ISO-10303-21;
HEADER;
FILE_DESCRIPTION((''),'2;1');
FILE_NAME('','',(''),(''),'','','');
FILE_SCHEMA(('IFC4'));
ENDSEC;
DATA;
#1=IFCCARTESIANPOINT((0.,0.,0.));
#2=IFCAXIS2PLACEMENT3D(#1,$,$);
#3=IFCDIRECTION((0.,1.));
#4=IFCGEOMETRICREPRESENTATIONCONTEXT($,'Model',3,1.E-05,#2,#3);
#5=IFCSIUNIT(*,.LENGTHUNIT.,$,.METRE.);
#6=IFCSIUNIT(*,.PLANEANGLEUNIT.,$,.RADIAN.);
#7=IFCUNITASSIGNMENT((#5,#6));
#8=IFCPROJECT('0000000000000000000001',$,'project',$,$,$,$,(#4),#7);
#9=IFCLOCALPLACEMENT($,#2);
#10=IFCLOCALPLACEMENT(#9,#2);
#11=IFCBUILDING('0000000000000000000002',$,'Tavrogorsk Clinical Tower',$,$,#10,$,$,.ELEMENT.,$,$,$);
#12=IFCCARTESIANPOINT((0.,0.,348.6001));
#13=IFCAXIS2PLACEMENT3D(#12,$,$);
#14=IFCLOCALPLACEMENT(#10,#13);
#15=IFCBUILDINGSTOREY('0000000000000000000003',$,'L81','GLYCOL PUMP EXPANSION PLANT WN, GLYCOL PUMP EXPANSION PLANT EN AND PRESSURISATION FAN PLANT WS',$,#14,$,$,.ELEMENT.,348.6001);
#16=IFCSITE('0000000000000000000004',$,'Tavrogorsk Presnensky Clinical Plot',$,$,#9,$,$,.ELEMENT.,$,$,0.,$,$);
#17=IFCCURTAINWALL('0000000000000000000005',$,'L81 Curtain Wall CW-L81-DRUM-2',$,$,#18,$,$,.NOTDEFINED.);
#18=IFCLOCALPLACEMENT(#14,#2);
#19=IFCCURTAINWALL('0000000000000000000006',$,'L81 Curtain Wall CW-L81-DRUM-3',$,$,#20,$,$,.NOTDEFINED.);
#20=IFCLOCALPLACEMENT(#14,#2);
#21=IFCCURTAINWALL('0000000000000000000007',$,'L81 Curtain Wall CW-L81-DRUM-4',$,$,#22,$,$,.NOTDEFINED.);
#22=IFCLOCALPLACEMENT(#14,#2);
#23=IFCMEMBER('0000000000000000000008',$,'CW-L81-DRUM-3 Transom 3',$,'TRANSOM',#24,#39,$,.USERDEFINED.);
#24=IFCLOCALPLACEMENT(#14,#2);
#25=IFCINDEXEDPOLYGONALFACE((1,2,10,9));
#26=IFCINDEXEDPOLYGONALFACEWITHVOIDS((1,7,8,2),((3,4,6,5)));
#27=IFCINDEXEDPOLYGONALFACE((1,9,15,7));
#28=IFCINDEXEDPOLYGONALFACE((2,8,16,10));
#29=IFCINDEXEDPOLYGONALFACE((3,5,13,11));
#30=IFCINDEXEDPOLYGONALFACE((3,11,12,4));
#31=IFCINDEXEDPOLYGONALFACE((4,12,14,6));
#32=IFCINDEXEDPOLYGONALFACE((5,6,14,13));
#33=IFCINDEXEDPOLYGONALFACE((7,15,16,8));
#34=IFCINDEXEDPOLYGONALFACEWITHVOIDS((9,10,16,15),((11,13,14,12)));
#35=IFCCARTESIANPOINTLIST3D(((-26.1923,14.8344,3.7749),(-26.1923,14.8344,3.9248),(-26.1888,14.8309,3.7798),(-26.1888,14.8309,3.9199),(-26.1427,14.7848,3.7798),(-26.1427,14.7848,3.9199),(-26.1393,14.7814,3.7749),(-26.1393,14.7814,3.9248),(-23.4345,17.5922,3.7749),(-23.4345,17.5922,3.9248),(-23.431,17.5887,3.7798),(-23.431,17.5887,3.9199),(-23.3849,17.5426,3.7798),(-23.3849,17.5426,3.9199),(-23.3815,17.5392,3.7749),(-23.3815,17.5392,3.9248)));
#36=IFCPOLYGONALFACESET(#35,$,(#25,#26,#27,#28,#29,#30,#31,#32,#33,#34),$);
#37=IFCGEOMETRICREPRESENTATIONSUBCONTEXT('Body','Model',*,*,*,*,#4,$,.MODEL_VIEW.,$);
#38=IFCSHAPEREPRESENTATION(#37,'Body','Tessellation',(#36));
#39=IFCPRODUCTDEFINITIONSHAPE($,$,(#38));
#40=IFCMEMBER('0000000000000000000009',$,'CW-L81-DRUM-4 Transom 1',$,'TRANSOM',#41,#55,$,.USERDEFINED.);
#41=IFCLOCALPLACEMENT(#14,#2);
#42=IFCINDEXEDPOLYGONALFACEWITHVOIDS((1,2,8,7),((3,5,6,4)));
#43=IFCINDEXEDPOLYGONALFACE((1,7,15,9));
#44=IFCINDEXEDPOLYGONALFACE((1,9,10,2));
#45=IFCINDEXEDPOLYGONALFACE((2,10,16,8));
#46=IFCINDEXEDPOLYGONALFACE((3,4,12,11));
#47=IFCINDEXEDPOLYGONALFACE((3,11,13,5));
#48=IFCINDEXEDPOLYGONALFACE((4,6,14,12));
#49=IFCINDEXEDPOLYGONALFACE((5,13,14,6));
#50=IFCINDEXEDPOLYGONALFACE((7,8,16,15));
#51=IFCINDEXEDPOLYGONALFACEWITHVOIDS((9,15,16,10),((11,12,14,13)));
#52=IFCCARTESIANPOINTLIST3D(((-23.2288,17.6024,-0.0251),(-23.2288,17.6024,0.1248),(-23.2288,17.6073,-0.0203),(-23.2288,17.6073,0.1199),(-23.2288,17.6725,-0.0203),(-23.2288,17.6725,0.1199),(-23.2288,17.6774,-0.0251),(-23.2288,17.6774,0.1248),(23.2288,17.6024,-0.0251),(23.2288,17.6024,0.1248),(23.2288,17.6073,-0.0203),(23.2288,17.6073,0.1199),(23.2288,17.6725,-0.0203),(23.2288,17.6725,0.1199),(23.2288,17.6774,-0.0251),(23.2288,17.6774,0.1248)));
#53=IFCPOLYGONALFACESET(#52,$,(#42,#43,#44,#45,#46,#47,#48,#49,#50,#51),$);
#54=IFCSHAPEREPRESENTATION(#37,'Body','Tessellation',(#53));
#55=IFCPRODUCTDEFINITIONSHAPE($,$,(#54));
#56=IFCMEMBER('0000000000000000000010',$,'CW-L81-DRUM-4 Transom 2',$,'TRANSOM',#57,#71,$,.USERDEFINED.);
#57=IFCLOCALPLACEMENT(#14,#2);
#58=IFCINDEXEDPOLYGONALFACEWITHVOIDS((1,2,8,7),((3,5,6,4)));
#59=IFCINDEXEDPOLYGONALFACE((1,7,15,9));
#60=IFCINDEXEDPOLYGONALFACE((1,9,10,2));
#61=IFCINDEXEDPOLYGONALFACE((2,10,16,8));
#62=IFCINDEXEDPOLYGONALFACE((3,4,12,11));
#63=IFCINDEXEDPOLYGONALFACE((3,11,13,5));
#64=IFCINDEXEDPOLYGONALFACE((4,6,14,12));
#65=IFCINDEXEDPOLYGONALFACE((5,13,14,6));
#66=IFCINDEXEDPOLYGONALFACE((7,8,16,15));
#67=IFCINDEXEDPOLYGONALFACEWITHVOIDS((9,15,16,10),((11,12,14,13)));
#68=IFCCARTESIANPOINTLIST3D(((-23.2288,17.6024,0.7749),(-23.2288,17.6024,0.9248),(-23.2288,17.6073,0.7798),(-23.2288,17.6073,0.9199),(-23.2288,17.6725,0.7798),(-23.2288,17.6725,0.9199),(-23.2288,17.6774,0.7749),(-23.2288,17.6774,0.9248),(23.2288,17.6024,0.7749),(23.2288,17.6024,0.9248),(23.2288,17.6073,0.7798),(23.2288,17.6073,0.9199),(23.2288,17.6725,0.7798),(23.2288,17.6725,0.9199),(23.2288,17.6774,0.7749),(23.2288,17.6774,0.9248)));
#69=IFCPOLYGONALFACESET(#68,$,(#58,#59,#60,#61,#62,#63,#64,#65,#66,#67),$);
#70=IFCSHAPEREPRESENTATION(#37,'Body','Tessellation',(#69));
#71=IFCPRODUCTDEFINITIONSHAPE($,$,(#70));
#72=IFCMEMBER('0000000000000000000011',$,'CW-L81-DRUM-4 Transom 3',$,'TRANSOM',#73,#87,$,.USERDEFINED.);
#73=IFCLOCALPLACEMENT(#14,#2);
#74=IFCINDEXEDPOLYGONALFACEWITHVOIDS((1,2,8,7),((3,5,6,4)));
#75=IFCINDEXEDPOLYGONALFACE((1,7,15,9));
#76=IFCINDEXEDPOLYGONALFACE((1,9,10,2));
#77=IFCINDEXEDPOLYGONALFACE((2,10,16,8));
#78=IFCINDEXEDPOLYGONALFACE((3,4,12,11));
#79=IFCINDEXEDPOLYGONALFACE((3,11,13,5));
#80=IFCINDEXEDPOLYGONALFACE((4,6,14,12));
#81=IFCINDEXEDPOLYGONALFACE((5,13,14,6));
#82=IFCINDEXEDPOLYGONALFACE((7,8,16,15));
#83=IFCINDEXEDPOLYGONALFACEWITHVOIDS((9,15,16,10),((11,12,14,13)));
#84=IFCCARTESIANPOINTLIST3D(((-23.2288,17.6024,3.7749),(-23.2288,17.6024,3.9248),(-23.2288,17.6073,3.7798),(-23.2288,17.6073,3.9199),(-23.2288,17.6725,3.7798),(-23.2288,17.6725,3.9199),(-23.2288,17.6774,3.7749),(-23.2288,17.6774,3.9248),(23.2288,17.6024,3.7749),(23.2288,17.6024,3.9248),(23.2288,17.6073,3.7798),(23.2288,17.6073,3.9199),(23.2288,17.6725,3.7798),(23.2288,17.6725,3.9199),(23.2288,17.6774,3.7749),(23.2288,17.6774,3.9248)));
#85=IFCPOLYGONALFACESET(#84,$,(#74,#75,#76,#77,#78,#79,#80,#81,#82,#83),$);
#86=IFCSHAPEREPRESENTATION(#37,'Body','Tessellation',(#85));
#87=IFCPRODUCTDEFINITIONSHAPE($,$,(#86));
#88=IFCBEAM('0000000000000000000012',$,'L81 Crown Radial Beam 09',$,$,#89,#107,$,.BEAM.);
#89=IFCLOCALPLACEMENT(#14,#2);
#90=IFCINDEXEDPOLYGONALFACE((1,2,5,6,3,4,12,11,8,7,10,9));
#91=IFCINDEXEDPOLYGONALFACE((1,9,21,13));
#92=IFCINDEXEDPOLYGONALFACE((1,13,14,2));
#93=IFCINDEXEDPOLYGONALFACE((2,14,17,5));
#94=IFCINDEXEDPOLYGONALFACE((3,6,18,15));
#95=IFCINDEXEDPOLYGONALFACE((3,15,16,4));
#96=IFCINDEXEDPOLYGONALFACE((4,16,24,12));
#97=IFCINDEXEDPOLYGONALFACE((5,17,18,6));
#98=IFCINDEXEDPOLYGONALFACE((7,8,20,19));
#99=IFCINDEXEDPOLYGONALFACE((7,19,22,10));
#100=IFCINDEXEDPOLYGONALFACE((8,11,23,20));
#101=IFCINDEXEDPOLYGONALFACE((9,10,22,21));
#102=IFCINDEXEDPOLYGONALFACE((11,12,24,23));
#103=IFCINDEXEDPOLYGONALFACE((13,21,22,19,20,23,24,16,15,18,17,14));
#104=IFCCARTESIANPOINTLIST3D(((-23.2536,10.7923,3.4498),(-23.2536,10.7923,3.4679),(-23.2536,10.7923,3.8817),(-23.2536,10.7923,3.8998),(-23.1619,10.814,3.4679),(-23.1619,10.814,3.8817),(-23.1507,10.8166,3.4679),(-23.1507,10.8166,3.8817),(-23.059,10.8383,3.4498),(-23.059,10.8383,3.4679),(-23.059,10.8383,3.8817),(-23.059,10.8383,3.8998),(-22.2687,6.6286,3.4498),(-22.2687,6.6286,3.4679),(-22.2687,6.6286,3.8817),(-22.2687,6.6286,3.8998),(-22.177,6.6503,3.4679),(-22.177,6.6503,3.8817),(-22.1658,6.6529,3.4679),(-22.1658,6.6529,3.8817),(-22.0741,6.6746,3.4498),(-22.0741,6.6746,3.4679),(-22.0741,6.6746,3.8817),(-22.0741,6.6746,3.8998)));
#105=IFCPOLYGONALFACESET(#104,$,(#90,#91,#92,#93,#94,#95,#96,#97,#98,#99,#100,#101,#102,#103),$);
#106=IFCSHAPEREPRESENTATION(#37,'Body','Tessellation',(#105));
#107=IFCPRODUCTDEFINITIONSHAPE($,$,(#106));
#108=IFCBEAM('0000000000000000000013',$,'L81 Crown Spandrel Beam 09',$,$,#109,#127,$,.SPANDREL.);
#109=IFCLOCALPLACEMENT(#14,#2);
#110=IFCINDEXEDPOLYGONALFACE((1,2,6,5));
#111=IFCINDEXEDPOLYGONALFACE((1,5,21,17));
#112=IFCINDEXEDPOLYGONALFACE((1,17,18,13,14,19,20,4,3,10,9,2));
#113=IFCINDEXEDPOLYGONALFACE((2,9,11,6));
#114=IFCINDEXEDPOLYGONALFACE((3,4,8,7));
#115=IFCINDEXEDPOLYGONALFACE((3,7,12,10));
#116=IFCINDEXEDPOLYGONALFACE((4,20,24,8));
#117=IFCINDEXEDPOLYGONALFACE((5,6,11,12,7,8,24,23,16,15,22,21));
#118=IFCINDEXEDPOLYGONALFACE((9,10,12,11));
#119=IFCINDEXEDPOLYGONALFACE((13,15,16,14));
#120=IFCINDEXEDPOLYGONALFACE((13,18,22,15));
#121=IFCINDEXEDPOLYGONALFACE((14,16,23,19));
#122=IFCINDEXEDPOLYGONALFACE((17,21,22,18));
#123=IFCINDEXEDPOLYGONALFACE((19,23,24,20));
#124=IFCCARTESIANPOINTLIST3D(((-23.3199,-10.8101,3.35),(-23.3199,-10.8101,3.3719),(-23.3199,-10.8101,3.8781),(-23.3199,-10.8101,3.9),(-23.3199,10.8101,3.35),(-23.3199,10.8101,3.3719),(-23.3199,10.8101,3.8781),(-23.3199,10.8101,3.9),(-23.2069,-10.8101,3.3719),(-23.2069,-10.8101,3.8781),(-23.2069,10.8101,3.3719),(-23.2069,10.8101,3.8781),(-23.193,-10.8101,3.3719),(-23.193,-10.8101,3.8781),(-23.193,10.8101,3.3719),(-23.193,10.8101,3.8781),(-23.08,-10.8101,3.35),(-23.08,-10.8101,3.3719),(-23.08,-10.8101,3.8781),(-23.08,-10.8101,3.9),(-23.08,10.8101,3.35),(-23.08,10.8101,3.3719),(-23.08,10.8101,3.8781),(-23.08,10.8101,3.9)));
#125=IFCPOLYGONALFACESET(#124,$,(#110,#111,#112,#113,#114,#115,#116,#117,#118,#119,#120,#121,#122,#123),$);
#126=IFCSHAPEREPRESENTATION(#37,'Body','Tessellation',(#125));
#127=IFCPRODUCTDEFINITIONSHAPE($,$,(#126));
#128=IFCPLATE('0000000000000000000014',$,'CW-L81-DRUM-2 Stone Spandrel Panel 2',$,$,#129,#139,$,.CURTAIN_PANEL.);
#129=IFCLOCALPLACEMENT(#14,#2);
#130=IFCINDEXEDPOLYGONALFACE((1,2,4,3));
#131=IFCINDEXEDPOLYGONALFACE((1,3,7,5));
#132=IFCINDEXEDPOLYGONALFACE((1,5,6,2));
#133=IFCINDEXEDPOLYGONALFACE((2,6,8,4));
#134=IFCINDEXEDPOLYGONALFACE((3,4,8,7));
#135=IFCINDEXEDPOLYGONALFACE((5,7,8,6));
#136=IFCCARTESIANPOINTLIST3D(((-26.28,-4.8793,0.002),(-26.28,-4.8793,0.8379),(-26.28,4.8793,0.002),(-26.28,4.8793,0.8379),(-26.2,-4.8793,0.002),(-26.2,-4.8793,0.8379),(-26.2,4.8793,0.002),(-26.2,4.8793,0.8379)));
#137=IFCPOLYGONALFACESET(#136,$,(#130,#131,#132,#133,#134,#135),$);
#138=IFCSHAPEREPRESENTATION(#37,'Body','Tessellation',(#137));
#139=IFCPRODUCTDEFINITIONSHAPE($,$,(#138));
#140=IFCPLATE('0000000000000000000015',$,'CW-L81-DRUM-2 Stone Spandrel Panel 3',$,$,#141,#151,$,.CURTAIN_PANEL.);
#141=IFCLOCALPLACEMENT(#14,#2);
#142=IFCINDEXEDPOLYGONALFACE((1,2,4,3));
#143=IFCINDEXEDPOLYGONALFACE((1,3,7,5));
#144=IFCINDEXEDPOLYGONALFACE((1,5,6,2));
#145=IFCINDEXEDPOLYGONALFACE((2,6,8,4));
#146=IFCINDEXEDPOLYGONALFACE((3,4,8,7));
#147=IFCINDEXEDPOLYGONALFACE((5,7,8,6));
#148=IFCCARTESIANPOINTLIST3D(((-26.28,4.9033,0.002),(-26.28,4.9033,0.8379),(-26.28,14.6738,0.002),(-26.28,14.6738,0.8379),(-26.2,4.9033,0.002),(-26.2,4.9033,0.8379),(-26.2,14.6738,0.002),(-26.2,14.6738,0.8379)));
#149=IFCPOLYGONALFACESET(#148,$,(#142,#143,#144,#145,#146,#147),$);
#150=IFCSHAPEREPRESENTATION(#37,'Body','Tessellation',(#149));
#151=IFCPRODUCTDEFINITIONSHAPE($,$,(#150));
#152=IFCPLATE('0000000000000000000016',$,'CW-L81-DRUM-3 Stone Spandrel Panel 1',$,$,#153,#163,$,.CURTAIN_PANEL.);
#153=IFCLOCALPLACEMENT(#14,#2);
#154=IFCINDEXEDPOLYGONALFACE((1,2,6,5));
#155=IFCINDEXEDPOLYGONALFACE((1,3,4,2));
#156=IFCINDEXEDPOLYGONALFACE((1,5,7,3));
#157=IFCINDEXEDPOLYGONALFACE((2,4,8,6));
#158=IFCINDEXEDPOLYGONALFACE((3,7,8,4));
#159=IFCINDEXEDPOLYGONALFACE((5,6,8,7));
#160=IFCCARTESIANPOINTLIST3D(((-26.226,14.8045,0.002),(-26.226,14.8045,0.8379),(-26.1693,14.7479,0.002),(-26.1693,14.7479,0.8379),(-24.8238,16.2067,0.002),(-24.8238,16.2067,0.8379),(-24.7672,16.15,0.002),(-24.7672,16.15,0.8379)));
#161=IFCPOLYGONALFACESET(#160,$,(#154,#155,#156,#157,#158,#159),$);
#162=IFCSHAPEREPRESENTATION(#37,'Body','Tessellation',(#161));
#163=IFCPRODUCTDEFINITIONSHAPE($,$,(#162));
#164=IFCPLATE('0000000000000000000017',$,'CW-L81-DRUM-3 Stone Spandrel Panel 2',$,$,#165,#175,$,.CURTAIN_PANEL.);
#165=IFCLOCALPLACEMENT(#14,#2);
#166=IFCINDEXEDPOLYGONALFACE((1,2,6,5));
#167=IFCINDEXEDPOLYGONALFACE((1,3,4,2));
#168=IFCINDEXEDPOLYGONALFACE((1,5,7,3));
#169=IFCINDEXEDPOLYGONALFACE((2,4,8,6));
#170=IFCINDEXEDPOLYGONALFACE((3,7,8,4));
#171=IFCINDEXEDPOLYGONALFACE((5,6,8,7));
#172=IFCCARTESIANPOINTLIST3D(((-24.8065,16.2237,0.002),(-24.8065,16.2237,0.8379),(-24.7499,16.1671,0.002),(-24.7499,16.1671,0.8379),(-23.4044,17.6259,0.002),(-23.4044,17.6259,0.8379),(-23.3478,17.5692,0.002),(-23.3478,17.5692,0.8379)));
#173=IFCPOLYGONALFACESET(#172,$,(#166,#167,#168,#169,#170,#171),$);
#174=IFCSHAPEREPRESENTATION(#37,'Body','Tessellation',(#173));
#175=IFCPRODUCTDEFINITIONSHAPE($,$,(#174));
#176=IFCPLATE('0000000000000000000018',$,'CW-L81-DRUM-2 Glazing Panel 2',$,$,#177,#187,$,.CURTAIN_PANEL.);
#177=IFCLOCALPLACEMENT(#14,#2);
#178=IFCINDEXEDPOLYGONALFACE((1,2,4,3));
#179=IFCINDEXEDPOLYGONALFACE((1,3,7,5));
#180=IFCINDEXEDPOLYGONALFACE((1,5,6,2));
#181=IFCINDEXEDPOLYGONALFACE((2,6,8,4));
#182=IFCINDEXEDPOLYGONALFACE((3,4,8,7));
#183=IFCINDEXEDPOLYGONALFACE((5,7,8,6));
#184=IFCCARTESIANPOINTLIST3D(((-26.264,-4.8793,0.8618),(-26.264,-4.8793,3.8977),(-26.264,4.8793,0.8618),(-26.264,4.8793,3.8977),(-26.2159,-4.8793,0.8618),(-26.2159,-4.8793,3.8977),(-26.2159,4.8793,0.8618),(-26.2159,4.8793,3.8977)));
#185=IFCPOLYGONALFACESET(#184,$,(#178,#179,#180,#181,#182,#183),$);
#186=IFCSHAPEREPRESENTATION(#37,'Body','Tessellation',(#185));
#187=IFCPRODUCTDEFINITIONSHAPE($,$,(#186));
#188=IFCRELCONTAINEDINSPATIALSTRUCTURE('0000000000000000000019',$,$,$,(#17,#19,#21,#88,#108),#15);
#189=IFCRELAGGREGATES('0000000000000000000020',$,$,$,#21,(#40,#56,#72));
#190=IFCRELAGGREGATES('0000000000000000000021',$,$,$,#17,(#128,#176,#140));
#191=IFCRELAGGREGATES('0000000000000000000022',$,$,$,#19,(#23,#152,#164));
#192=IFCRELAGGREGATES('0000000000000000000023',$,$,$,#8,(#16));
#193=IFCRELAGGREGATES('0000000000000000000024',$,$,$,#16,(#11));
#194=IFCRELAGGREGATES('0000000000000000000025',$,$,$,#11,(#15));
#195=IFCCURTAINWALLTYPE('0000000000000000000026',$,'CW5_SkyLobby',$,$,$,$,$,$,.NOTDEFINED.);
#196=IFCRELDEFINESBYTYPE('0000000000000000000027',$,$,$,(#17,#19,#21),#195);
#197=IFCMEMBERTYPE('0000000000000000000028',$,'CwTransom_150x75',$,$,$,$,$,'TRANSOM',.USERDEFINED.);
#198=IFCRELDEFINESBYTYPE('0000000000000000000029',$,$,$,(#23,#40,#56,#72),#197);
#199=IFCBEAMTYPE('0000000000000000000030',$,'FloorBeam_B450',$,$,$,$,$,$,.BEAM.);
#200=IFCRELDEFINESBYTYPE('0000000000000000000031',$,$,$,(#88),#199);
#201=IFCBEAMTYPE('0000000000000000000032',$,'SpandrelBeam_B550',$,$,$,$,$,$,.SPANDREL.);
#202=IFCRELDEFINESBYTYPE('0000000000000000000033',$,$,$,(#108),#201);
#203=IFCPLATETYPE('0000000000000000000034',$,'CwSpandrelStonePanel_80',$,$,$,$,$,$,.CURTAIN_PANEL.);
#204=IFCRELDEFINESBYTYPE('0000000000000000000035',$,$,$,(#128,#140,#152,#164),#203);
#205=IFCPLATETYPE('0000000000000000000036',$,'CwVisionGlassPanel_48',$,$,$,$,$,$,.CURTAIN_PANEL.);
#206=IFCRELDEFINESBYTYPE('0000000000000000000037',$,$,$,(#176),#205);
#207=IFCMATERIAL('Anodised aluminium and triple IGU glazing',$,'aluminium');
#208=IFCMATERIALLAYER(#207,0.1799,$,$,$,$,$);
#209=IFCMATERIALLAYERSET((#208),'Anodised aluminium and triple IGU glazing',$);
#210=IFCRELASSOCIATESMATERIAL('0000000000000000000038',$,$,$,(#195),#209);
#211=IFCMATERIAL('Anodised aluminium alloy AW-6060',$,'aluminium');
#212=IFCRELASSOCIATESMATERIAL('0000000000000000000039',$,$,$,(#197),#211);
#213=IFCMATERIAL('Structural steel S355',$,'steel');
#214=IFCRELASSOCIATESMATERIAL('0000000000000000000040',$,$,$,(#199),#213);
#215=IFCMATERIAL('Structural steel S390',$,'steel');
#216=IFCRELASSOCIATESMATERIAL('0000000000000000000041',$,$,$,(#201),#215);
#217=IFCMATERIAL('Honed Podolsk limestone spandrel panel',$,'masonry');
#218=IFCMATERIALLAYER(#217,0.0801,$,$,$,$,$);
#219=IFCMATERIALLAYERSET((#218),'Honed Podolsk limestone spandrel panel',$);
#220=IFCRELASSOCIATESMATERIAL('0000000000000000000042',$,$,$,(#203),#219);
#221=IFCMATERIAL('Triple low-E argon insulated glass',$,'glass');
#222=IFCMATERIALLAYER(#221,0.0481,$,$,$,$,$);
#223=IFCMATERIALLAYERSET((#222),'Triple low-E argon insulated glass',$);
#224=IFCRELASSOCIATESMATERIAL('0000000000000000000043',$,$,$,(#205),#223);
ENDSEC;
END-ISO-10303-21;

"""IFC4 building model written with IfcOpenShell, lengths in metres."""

from ifc_helpers import new_model, si_unit, direction, frame, origin, origin_2d, place, context, subcontext, project, spatial, rectangle, hollow_rectangle, i_section, extrude, material, layer, layer_set, material_profile, profile_set, type_object, element, aggregate, save


model = new_model("IFC4")

# Units and contexts
model_context = context("Model", 3, precision=1e-05, world=origin(), true_north=direction((0.0, 1.0)))
body_context = subcontext(model_context, "Body", "Model", "MODEL_VIEW")
ifc_project = project(units=[si_unit("LENGTHUNIT", "METRE"), si_unit("PLANEANGLEUNIT", "RADIAN")], contexts=[model_context])

# Site, building, storey
site_placement = place(None, origin())
site = spatial("IfcSite", under=ifc_project, at=site_placement, Name="Tavrogorsk Presnensky Clinical Plot", CompositionType="ELEMENT", RefElevation=0.0)
building_placement = place(site_placement, origin())
building = spatial("IfcBuilding", under=site, at=building_placement, Name="Tavrogorsk Clinical Tower", CompositionType="ELEMENT")
storey_placement = place(building_placement, frame((0.0, 0.0, 348.6001)))
storey = spatial("IfcBuildingStorey", under=building, at=storey_placement, Name="L81", Description="GLYCOL PUMP EXPANSION PLANT WN, GLYCOL PUMP EXPANSION PLANT EN AND PRESSURISATION FAN PLANT WS", CompositionType="ELEMENT", Elevation=348.6001)

# Curtain walls
ifc_material_1 = material(Name="Anodised aluminium and triple IGU glazing", Category="aluminium")
ifc_layer_1 = layer(ifc_material_1, 0.1799)
ifc_layer_set_1 = layer_set([ifc_layer_1], Name="Anodised aluminium and triple IGU glazing")
curtain_wall_type = type_object("IfcCurtainWallType", Name="CW5_SkyLobby", PredefinedType="NOTDEFINED", material=ifc_layer_set_1)
curtain_wall_1_placement = place(storey_placement, origin())
curtain_wall_1 = element("IfcCurtainWall", 1, at=curtain_wall_1_placement, inside=storey, type_object=curtain_wall_type, Name="L81 Curtain Wall CW-L81-DRUM-2", PredefinedType="NOTDEFINED")
curtain_wall_2_placement = place(storey_placement, origin())
curtain_wall_2 = element("IfcCurtainWall", 2, at=curtain_wall_2_placement, inside=storey, type_object=curtain_wall_type, Name="L81 Curtain Wall CW-L81-DRUM-3", PredefinedType="NOTDEFINED")

# Curtain wall
curtain_wall_3_placement = place(storey_placement, origin())
curtain_wall_3 = element("IfcCurtainWall", 3, at=curtain_wall_3_placement, inside=storey, type_object=curtain_wall_type, Name="L81 Curtain Wall CW-L81-DRUM-4", PredefinedType="NOTDEFINED")

# Members
ifc_material_2 = material(Name="Anodised aluminium alloy AW-6060", Category="aluminium")
ifc_material_profile_1 = material_profile(ifc_material_2, hollow_rectangle(XDim=0.075, YDim=0.1499, WallThickness=0.0049, at=origin_2d()), Name="RHS-150x75x5")
ifc_profile_set_1 = profile_set([ifc_material_profile_1], Name="Anodised aluminium alloy AW-6060")
member_type_1 = type_object("IfcMemberType", Name="CwTransom_150x75", ElementType="TRANSOM", PredefinedType="USERDEFINED", material=ifc_profile_set_1)
member_1_placement = place(storey_placement, frame((-26.1658, 14.8079, 3.8499), z_axis=(0.707107, 0.707107, 0.0), x_axis=(-0.707107, 0.707107, 0.0)))
member_1 = element("IfcMember", 4, at=member_1_placement, type_object=member_type_1, Name="CW-L81-DRUM-3 Transom 3", ObjectType="TRANSOM", PredefinedType="USERDEFINED", context=body_context, shape_type="SweptSolid", body=[
    extrude(hollow_rectangle(XDim=0.075, YDim=0.1499, WallThickness=0.0049, at=origin_2d()), origin(), (0.0, 0.0, 1.0), 3.9001),
])
member_2_placement = place(storey_placement, frame((-23.2288, 17.6399, 0.0498), z_axis=(1.0, 0.0, 0.0), x_axis=(0.0, 1.0, 0.0)))
member_2 = element("IfcMember", 5, at=member_2_placement, type_object=member_type_1, Name="CW-L81-DRUM-4 Transom 1", ObjectType="TRANSOM", PredefinedType="USERDEFINED", context=body_context, shape_type="SweptSolid", body=[
    extrude(hollow_rectangle(XDim=0.075, YDim=0.1499, WallThickness=0.0049, at=origin_2d()), origin(), (0.0, 0.0, 1.0), 46.4575),
])
member_3_placement = place(storey_placement, frame((-23.2288, 17.6399, 0.8499), z_axis=(1.0, 0.0, 0.0), x_axis=(0.0, 1.0, 0.0)))
member_3 = element("IfcMember", 6, at=member_3_placement, type_object=member_type_1, Name="CW-L81-DRUM-4 Transom 2", ObjectType="TRANSOM", PredefinedType="USERDEFINED", context=body_context, shape_type="SweptSolid", body=[
    extrude(hollow_rectangle(XDim=0.075, YDim=0.1499, WallThickness=0.0049, at=origin_2d()), origin(), (0.0, 0.0, 1.0), 46.4575),
])
member_4_placement = place(storey_placement, frame((-23.2288, 17.6399, 3.8499), z_axis=(1.0, 0.0, 0.0), x_axis=(0.0, 1.0, 0.0)))
member_4 = element("IfcMember", 7, at=member_4_placement, type_object=member_type_1, Name="CW-L81-DRUM-4 Transom 3", ObjectType="TRANSOM", PredefinedType="USERDEFINED", context=body_context, shape_type="SweptSolid", body=[
    extrude(hollow_rectangle(XDim=0.075, YDim=0.1499, WallThickness=0.0049, at=origin_2d()), origin(), (0.0, 0.0, 1.0), 46.4575),
])
aggregate(curtain_wall_3, [member_2, member_3, member_4])

# Beams
ifc_material_3 = material(Name="Structural steel S355", Category="steel")
ifc_material_profile_2 = material_profile(ifc_material_3, i_section(OverallWidth=0.2, OverallDepth=0.45, WebThickness=0.0115, FlangeThickness=0.0181, at=origin_2d()), Name="B-450x200x11.5x18")
ifc_profile_set_2 = profile_set([ifc_material_profile_2], Name="Structural steel S355")
beam_type_1 = type_object("IfcBeamType", Name="FloorBeam_B450", PredefinedType="BEAM", material=ifc_profile_set_2)
beam_1_placement = place(storey_placement, frame((-22.1714, 6.6516, 3.6748), z_axis=(-0.230191, 0.973146, 0.0), x_axis=(-0.973146, -0.230191, 0.0)))
element("IfcBeam", 8, at=beam_1_placement, inside=storey, type_object=beam_type_1, Name="L81 Crown Radial Beam 09", PredefinedType="BEAM", context=body_context, shape_type="SweptSolid", body=[
    extrude(i_section(OverallWidth=0.2, OverallDepth=0.45, WebThickness=0.0115, FlangeThickness=0.0181, at=origin_2d()), origin(), (0.0, 0.0, 1.0), 4.2786),
])
ifc_material_4 = material(Name="Structural steel S390", Category="steel")
ifc_material_profile_3 = material_profile(ifc_material_4, i_section(OverallWidth=0.24, OverallDepth=0.55, WebThickness=0.0139, FlangeThickness=0.022, at=origin_2d()), Name="B-550x240x14x22")
ifc_profile_set_3 = profile_set([ifc_material_profile_3], Name="Structural steel S390")
beam_type_2 = type_object("IfcBeamType", Name="SpandrelBeam_B550", PredefinedType="SPANDREL", material=ifc_profile_set_3)
beam_2_placement = place(storey_placement, frame((-23.2, 10.8101, 3.625), z_axis=(0.0, -1.0, 0.0), x_axis=(1.0, 0.0, 0.0)))
element("IfcBeam", 9, at=beam_2_placement, inside=storey, type_object=beam_type_2, Name="L81 Crown Spandrel Beam 09", PredefinedType="SPANDREL", context=body_context, shape_type="SweptSolid", body=[
    extrude(i_section(OverallWidth=0.24, OverallDepth=0.55, WebThickness=0.0139, FlangeThickness=0.022, at=origin_2d()), origin(), (0.0, 0.0, 1.0), 21.6201),
])

# Plates
ifc_material_5 = material(Name="Honed Podolsk limestone spandrel panel", Category="masonry")
ifc_layer_2 = layer(ifc_material_5, 0.0801)
ifc_layer_set_2 = layer_set([ifc_layer_2], Name="Honed Podolsk limestone spandrel panel")
plate_type_1 = type_object("IfcPlateType", Name="CwSpandrelStonePanel_80", PredefinedType="CURTAIN_PANEL", material=ifc_layer_set_2)
plate_1_placement = place(storey_placement, frame((-26.24, 0.0, 0.002), z_axis=(0.0, 0.0, 1.0), x_axis=(0.0, 1.0, 0.0)))
plate_1 = element("IfcPlate", 10, at=plate_1_placement, type_object=plate_type_1, Name="CW-L81-DRUM-2 Stone Spandrel Panel 2", PredefinedType="CURTAIN_PANEL", context=body_context, shape_type="SweptSolid", body=[
    extrude(rectangle(XDim=9.7585, YDim=0.0801, at=origin_2d()), origin(), (0.0, 0.0, 1.0), 0.8359),
])
plate_2_placement = place(storey_placement, frame((-26.24, 9.7886, 0.002), z_axis=(0.0, 0.0, 1.0), x_axis=(0.0, 1.0, 0.0)))
plate_2 = element("IfcPlate", 11, at=plate_2_placement, type_object=plate_type_1, Name="CW-L81-DRUM-2 Stone Spandrel Panel 3", PredefinedType="CURTAIN_PANEL", context=body_context, shape_type="SweptSolid", body=[
    extrude(rectangle(XDim=9.7705, YDim=0.0801, at=origin_2d()), origin(), (0.0, 0.0, 1.0), 0.8359),
])
plate_3_placement = place(storey_placement, frame((-25.4966, 15.4773, 0.002), z_axis=(0.0, 0.0, 1.0), x_axis=(0.707107, 0.707107, 0.0)))
plate_3 = element("IfcPlate", 12, at=plate_3_placement, type_object=plate_type_1, Name="CW-L81-DRUM-3 Stone Spandrel Panel 1", PredefinedType="CURTAIN_PANEL", context=body_context, shape_type="SweptSolid", body=[
    extrude(rectangle(XDim=1.9829, YDim=0.0801, at=origin_2d()), origin(), (0.0, 0.0, 1.0), 0.8359),
])
plate_4_placement = place(storey_placement, frame((-24.0771, 16.8965, 0.002), z_axis=(0.0, 0.0, 1.0), x_axis=(0.707107, 0.707107, 0.0)))
plate_4 = element("IfcPlate", 13, at=plate_4_placement, type_object=plate_type_1, Name="CW-L81-DRUM-3 Stone Spandrel Panel 2", PredefinedType="CURTAIN_PANEL", context=body_context, shape_type="SweptSolid", body=[
    extrude(rectangle(XDim=1.9829, YDim=0.0801, at=origin_2d()), origin(), (0.0, 0.0, 1.0), 0.8359),
])
ifc_material_6 = material(Name="Triple low-E argon insulated glass", Category="glass")
ifc_layer_3 = layer(ifc_material_6, 0.0481)
ifc_layer_set_3 = layer_set([ifc_layer_3], Name="Triple low-E argon insulated glass")
plate_type_2 = type_object("IfcPlateType", Name="CwVisionGlassPanel_48", PredefinedType="CURTAIN_PANEL", material=ifc_layer_set_3)
plate_5_placement = place(storey_placement, frame((-26.24, 0.0, 0.8618), z_axis=(0.0, 0.0, 1.0), x_axis=(0.0, 1.0, 0.0)))
plate_5 = element("IfcPlate", 14, at=plate_5_placement, type_object=plate_type_2, Name="CW-L81-DRUM-2 Glazing Panel 2", PredefinedType="CURTAIN_PANEL", context=body_context, shape_type="SweptSolid", body=[
    extrude(rectangle(XDim=9.7585, YDim=0.0481, at=origin_2d()), origin(), (0.0, 0.0, 1.0), 3.0359),
])
aggregate(curtain_wall_1, [plate_1, plate_5, plate_2])
aggregate(curtain_wall_2, [member_1, plate_3, plate_4])

save(model, "model.ifc")
